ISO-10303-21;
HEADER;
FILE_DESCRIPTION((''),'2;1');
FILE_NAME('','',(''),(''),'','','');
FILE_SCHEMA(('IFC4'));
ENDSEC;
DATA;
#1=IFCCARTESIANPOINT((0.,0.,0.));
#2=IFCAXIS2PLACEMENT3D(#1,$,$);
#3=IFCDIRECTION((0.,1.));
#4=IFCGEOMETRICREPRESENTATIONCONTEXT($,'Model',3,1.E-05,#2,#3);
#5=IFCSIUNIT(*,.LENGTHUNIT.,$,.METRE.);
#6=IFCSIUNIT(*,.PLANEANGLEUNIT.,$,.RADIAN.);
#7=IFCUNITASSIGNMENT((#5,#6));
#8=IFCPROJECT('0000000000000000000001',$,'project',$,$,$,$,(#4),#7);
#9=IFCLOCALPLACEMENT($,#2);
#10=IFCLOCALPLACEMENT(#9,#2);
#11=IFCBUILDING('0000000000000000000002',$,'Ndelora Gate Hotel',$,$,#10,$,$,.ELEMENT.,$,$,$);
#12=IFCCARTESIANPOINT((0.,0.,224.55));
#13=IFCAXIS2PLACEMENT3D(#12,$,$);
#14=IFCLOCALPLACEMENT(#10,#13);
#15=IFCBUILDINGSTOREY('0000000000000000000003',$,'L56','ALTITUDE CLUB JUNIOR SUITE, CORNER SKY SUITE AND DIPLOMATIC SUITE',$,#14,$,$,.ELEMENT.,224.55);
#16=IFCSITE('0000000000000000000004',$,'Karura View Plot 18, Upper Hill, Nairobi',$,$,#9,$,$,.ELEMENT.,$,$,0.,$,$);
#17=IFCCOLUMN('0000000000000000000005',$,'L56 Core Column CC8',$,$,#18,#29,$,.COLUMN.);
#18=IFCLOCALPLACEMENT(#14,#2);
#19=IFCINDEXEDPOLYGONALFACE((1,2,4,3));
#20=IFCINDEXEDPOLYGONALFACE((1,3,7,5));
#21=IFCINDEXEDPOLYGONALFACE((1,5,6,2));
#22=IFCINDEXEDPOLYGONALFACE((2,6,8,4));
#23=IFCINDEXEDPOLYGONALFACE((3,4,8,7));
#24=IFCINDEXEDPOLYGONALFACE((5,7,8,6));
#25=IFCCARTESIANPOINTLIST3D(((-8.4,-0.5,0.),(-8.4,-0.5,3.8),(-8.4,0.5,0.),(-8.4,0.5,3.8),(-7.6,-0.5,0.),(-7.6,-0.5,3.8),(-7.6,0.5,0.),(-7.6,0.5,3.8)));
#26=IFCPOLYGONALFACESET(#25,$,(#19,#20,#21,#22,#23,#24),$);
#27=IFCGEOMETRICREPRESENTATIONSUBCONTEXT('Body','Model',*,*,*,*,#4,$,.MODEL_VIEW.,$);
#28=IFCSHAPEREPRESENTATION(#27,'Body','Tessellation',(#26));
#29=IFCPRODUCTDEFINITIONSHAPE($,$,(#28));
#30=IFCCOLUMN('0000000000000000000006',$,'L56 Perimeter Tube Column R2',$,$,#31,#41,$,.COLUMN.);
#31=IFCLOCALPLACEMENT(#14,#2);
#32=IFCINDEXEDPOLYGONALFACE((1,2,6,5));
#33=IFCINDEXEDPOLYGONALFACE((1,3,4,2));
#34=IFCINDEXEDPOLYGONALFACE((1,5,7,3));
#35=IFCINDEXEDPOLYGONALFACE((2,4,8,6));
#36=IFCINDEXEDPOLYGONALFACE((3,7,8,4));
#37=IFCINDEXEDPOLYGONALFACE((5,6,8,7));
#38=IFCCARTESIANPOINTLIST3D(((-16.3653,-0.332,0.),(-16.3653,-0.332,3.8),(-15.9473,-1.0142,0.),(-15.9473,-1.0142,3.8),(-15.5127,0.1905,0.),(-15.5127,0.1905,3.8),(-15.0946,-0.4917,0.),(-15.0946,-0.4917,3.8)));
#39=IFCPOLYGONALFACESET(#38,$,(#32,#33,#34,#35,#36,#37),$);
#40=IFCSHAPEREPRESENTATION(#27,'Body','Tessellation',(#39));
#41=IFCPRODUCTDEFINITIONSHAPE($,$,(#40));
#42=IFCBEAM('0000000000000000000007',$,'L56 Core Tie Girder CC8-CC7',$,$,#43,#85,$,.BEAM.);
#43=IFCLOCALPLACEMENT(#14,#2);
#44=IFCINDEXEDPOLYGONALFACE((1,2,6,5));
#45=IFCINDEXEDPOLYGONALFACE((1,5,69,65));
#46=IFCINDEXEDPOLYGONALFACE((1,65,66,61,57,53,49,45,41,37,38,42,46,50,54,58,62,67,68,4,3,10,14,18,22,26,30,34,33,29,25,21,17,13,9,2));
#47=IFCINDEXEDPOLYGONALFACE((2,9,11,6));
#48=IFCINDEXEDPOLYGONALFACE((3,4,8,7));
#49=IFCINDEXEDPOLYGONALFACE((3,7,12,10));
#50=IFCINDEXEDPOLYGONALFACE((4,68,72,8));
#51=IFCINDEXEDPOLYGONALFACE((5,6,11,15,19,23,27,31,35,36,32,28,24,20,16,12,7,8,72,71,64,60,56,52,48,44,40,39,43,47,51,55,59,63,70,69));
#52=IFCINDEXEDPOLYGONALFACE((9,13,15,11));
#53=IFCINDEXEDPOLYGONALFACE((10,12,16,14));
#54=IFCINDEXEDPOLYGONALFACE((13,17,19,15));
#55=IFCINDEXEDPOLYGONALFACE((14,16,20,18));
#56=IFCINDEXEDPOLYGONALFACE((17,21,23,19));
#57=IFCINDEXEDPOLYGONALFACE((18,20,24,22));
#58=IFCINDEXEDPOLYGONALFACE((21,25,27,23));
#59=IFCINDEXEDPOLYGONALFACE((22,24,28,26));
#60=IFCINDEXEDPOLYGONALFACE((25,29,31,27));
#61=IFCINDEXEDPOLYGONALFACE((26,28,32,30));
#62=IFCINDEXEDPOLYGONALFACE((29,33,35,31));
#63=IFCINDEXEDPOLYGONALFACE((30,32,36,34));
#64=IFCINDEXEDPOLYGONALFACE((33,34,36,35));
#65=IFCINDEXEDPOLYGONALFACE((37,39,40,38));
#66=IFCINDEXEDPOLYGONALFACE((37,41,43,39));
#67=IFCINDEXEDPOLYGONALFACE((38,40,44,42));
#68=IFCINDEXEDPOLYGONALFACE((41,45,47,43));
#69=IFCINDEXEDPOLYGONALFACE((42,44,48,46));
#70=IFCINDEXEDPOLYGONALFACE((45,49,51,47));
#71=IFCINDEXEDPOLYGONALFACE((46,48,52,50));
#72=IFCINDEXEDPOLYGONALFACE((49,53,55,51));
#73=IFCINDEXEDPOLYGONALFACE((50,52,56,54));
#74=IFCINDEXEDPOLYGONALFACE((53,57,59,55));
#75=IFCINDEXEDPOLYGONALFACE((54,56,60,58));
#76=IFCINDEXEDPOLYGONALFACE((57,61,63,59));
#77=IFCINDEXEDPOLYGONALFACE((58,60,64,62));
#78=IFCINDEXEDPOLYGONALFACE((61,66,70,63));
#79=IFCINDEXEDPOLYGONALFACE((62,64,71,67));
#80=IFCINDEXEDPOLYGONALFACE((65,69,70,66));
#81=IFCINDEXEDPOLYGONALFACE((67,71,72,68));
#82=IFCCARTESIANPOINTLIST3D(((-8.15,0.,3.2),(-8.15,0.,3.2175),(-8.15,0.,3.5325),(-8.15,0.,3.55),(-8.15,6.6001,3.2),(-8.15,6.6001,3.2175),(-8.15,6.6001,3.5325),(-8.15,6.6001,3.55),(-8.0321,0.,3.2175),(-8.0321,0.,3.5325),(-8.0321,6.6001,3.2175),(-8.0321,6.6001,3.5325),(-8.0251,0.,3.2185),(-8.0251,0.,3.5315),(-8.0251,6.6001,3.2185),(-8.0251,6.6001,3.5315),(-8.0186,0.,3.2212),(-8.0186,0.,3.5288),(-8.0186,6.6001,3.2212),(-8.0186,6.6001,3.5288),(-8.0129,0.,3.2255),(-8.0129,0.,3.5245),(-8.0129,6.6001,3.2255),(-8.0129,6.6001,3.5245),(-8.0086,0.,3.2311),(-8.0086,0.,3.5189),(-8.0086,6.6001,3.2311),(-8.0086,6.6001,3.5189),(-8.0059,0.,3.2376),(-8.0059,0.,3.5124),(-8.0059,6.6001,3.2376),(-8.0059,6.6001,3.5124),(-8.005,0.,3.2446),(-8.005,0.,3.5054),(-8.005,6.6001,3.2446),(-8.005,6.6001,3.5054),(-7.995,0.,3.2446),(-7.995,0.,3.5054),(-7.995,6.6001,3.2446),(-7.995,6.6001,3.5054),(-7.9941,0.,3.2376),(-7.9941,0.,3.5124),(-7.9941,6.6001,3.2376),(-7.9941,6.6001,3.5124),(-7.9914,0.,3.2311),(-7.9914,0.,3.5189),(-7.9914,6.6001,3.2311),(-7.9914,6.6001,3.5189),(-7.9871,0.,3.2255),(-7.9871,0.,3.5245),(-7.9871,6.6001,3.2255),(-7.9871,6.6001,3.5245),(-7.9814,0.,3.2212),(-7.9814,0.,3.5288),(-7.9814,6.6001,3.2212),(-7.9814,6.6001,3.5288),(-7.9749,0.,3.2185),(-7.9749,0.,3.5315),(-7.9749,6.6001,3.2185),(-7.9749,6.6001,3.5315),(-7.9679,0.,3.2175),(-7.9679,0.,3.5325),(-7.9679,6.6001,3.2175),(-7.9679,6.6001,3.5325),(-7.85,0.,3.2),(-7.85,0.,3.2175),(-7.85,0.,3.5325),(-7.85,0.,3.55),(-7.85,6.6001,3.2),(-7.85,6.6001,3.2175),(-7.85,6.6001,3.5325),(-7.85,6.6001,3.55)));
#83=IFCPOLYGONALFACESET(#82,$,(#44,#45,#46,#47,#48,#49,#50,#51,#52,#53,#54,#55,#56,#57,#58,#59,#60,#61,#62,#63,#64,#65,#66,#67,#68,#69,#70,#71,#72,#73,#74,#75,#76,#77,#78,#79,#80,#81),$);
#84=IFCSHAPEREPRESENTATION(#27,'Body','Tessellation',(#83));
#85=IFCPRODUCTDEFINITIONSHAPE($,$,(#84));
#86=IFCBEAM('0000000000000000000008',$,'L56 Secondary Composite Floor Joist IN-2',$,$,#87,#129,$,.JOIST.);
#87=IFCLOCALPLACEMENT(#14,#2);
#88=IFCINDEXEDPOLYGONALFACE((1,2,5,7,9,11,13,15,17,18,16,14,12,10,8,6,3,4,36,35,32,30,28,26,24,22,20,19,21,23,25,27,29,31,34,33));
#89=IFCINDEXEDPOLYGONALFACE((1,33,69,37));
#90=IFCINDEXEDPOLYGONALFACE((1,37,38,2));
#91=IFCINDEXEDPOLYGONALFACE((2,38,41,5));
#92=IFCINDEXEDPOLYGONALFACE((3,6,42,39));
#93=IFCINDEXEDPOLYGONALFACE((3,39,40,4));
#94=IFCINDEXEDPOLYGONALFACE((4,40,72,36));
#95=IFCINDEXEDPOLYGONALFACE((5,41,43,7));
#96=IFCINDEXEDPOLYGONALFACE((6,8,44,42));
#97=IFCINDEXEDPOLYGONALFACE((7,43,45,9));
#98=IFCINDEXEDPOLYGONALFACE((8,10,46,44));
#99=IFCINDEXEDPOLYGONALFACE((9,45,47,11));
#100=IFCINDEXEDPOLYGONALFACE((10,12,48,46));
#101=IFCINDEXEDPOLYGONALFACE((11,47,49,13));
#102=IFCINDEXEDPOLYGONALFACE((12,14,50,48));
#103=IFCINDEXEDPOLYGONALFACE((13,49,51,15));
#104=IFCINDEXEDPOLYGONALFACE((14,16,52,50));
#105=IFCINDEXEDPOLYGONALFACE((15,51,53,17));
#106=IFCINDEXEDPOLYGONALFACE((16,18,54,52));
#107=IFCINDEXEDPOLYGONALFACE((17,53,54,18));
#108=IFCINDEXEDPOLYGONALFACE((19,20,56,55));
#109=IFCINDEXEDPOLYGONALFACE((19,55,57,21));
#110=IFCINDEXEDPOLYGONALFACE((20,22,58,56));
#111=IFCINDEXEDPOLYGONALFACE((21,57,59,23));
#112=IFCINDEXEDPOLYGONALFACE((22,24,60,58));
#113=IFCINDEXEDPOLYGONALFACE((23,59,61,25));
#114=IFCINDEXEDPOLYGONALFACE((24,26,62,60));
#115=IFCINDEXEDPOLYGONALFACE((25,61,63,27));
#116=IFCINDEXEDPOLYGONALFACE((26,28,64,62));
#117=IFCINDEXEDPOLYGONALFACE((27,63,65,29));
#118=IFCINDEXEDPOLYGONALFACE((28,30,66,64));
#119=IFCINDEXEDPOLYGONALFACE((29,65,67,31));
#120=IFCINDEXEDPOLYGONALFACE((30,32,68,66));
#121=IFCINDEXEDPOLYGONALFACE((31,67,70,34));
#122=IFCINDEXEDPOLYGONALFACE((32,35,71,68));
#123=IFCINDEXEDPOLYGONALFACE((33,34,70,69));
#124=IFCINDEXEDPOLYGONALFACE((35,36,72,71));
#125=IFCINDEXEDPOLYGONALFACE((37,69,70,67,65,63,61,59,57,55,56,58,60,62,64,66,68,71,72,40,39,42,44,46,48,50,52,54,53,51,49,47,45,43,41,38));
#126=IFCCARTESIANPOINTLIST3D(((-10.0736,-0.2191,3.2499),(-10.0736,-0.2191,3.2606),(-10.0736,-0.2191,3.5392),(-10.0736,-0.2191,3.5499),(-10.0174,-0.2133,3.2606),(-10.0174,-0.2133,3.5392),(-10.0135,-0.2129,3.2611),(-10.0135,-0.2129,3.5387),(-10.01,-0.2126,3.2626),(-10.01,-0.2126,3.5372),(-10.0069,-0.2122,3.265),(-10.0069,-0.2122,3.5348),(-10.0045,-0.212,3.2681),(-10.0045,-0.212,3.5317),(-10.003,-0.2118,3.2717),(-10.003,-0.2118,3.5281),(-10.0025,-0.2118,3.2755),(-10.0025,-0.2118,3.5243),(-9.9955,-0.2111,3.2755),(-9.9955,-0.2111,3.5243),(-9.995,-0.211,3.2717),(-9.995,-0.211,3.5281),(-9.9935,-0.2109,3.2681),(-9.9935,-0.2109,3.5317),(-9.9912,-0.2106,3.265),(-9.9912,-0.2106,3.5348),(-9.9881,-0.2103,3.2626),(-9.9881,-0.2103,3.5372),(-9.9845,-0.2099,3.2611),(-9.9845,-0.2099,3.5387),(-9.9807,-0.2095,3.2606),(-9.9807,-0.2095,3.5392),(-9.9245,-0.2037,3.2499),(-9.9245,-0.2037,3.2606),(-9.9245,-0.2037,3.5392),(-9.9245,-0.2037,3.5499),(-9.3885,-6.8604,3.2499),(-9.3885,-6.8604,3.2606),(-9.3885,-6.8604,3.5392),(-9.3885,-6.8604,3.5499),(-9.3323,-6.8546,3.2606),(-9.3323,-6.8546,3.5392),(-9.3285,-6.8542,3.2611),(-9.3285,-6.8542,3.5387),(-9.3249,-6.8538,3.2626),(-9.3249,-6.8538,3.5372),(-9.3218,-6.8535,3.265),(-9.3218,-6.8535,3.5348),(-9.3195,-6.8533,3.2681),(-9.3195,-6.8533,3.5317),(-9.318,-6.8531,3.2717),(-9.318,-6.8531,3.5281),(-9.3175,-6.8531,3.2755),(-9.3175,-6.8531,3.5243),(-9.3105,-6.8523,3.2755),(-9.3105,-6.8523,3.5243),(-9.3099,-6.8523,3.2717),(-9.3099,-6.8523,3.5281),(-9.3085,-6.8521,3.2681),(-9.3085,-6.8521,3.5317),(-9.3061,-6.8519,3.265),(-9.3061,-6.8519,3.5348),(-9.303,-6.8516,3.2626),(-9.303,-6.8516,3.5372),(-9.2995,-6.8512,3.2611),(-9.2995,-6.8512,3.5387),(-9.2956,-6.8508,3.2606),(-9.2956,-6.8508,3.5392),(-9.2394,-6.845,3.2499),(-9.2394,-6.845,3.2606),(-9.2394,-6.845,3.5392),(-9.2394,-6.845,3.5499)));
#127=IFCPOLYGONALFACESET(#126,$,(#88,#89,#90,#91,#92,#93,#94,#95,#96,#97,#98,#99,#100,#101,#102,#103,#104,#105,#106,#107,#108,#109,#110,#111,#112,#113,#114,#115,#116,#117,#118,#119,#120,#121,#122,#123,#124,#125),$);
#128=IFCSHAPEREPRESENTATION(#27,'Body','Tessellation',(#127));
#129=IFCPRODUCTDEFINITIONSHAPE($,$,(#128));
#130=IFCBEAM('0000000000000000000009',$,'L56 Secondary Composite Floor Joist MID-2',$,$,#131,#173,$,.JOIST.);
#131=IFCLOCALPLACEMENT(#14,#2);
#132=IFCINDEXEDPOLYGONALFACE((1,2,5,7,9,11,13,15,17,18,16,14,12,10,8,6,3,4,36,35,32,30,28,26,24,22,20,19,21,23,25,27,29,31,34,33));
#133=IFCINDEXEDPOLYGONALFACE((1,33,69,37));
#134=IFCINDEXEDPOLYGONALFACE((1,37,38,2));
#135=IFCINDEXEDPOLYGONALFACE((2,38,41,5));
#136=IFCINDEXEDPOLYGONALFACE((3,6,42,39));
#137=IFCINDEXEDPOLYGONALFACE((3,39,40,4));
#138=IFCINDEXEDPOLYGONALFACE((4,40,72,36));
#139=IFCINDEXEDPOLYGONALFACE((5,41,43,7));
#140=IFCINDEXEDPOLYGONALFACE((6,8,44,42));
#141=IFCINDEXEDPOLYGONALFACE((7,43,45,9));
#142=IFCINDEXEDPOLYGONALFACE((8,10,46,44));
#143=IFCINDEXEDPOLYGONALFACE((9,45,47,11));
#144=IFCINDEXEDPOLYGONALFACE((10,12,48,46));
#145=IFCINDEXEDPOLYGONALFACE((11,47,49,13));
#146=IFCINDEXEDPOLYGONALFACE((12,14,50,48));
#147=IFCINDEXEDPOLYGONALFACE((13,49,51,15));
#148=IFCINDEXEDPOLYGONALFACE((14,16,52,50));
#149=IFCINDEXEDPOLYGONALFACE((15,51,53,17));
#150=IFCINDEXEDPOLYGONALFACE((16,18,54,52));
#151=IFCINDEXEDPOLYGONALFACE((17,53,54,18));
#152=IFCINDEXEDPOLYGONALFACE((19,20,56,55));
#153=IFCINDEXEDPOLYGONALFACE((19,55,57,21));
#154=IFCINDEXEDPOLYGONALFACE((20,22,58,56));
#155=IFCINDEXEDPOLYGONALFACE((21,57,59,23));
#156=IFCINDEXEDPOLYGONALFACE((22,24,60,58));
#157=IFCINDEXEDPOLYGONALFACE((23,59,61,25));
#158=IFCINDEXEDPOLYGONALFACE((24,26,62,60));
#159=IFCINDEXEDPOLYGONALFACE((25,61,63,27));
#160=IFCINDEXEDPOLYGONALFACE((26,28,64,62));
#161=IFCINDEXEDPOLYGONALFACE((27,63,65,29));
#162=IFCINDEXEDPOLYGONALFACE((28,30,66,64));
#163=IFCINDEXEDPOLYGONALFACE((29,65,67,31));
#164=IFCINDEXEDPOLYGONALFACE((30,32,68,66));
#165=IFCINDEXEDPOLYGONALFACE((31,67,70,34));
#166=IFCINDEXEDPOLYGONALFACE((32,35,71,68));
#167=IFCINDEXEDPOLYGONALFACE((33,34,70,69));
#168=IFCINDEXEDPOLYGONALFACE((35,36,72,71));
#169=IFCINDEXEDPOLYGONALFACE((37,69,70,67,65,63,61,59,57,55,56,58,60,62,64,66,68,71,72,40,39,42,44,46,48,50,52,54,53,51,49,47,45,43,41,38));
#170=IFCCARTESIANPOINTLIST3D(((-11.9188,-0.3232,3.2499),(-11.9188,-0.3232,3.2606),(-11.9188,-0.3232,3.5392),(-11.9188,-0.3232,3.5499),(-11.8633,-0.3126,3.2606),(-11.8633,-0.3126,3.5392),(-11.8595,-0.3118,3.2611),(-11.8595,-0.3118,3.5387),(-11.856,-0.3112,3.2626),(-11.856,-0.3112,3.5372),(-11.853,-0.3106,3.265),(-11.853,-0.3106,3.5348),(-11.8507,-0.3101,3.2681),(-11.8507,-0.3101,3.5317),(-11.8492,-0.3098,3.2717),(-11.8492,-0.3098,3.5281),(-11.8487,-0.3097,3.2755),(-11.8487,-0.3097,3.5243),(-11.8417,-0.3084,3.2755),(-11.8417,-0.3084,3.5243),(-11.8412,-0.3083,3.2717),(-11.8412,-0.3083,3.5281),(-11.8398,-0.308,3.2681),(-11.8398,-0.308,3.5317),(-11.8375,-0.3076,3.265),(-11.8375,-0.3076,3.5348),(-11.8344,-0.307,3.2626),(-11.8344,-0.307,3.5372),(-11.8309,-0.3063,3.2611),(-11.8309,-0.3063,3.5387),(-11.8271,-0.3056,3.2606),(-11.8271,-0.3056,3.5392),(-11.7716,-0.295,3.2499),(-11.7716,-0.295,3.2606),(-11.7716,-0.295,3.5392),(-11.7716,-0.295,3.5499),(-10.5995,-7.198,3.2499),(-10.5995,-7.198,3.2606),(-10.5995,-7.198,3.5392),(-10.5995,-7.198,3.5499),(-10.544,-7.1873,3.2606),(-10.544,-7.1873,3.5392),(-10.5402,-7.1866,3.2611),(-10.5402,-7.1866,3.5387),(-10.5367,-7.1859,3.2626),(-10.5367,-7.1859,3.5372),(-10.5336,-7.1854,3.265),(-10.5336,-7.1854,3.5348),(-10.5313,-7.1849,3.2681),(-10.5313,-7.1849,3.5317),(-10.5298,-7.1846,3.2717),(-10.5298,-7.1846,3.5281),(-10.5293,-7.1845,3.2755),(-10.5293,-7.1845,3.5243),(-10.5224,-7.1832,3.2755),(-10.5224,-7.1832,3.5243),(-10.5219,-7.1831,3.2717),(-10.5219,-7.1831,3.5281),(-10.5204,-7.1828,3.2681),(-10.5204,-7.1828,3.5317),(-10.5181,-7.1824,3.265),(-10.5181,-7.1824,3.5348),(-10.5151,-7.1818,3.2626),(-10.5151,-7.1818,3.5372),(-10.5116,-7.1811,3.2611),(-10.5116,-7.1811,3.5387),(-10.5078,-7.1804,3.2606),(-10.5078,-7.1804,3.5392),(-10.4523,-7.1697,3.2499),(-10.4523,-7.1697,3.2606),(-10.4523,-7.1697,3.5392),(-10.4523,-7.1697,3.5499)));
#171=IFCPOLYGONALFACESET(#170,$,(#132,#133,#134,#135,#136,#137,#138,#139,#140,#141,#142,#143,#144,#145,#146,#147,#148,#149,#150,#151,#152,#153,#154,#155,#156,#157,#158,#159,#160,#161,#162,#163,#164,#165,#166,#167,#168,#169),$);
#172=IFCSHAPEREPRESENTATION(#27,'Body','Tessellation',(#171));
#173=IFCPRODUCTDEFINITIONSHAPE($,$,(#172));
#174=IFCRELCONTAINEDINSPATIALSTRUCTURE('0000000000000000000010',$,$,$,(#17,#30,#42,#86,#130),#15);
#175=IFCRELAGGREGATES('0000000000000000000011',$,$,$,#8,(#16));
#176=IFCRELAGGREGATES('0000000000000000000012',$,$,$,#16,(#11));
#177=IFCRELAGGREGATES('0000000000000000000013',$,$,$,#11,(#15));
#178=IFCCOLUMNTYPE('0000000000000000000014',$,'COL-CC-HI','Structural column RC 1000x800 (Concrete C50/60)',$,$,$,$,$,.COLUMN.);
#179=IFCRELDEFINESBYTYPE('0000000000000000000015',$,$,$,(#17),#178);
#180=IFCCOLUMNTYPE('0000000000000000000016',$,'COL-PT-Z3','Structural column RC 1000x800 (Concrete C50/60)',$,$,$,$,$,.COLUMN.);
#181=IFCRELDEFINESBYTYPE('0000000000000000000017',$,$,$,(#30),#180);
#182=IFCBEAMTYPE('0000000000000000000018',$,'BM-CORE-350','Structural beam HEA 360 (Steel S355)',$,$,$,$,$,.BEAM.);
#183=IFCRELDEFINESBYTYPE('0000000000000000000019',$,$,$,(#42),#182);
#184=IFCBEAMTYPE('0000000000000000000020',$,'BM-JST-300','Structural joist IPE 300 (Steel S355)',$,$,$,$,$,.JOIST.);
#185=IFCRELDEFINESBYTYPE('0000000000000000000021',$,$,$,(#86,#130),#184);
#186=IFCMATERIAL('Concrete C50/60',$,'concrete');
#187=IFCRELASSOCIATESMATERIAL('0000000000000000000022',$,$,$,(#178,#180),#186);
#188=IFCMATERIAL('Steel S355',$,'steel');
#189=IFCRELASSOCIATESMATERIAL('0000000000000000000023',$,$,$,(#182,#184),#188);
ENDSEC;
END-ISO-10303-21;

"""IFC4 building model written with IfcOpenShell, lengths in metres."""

from ifc_helpers import new_model, si_unit, direction, frame, origin, origin_2d, place, context, subcontext, project, spatial, rectangle, i_section, extrude, material, material_profile, profile_set, type_object, element, save


model = new_model("IFC4")

# Units and contexts
model_context = context("Model", 3, precision=1e-05, world=origin(), true_north=direction((0.0, 1.0)))
body_context = subcontext(model_context, "Body", "Model", "MODEL_VIEW")
ifc_project = project(units=[si_unit("LENGTHUNIT", "METRE"), si_unit("PLANEANGLEUNIT", "RADIAN")], contexts=[model_context])

# Site, building, storey
site_placement = place(None, origin())
site = spatial("IfcSite", under=ifc_project, at=site_placement, Name="Karura View Plot 18, Upper Hill, Nairobi", CompositionType="ELEMENT", RefElevation=0.0)
building_placement = place(site_placement, origin())
building = spatial("IfcBuilding", under=site, at=building_placement, Name="Ndelora Gate Hotel", CompositionType="ELEMENT")
storey_placement = place(building_placement, frame((0.0, 0.0, 224.55)))
storey = spatial("IfcBuildingStorey", under=building, at=storey_placement, Name="L56", Description="ALTITUDE CLUB JUNIOR SUITE, CORNER SKY SUITE AND DIPLOMATIC SUITE", CompositionType="ELEMENT", Elevation=224.55)

# Columns
ifc_material_1 = material(Name="Concrete C50/60", Category="concrete")
ifc_material_profile_1 = material_profile(ifc_material_1, rectangle(XDim=0.8, YDim=1.0, at=origin_2d()), Name="RC 1000x800")
ifc_profile_set_1 = profile_set([ifc_material_profile_1], Name="Concrete C50/60")
column_type_1 = type_object("IfcColumnType", Name="COL-CC-HI", Description="Structural column RC 1000x800 (Concrete C50/60)", PredefinedType="COLUMN", material=ifc_profile_set_1)
column_1_placement = place(storey_placement, frame((-8.0, 0.0, 0.0), z_axis=(0.0, 0.0, 1.0), x_axis=(1.0, 0.0, 0.0)))
element("IfcColumn", 1, at=column_1_placement, inside=storey, type_object=column_type_1, Name="L56 Core Column CC8", PredefinedType="COLUMN", context=body_context, shape_type="SweptSolid", body=[
    extrude(rectangle(XDim=0.8, YDim=1.0, at=origin_2d()), origin(), (0.0, 0.0, 1.0), 3.8),
])
ifc_material_profile_2 = material_profile(ifc_material_1, rectangle(XDim=0.8, YDim=1.0, at=origin_2d()), Name="RC 1000x800")
ifc_profile_set_2 = profile_set([ifc_material_profile_2], Name="Concrete C50/60")
column_type_2 = type_object("IfcColumnType", Name="COL-PT-Z3", Description="Structural column RC 1000x800 (Concrete C50/60)", PredefinedType="COLUMN", material=ifc_profile_set_2)
column_2_placement = place(storey_placement, frame((-15.73, -0.4119, 0.0), z_axis=(0.0, 0.0, 1.0), x_axis=(-0.522499, 0.85264, 0.0)))
element("IfcColumn", 2, at=column_2_placement, inside=storey, type_object=column_type_2, Name="L56 Perimeter Tube Column R2", PredefinedType="COLUMN", context=body_context, shape_type="SweptSolid", body=[
    extrude(rectangle(XDim=0.8, YDim=1.0, at=origin_2d()), origin(), (0.0, 0.0, 1.0), 3.8),
])

# Beams
ifc_material_2 = material(Name="Steel S355", Category="steel")
ifc_material_profile_3 = material_profile(ifc_material_2, i_section(OverallWidth=0.3, OverallDepth=0.3501, WebThickness=0.01, FlangeThickness=0.0176, FilletRadius=0.0271, at=origin_2d()), Name="HEA 360")
ifc_profile_set_3 = profile_set([ifc_material_profile_3], Name="Steel S355")
beam_type_1 = type_object("IfcBeamType", Name="BM-CORE-350", Description="Structural beam HEA 360 (Steel S355)", PredefinedType="BEAM", material=ifc_profile_set_3)
beam_1_placement = place(storey_placement, frame((-8.0, 0.0, 3.375), z_axis=(0.0, 1.0, 0.0), x_axis=(-1.0, 0.0, 0.0)))
element("IfcBeam", 3, at=beam_1_placement, inside=storey, type_object=beam_type_1, Name="L56 Core Tie Girder CC8-CC7", PredefinedType="BEAM", context=body_context, shape_type="SweptSolid", body=[
    extrude(i_section(OverallWidth=0.3, OverallDepth=0.3501, WebThickness=0.01, FlangeThickness=0.0176, FilletRadius=0.0271, at=origin_2d()), origin(), (0.0, 0.0, 1.0), 6.6001),
])
ifc_material_profile_4 = material_profile(ifc_material_2, i_section(OverallWidth=0.1499, OverallDepth=0.3, WebThickness=0.0071, FlangeThickness=0.0107, FilletRadius=0.0149, at=origin_2d()), Name="IPE 300")
ifc_profile_set_4 = profile_set([ifc_material_profile_4], Name="Steel S355")
beam_type_2 = type_object("IfcBeamType", Name="BM-JST-300", Description="Structural joist IPE 300 (Steel S355)", PredefinedType="JOIST", material=ifc_profile_set_4)
beam_2_placement = place(storey_placement, frame((-9.999, -0.2114, 3.3999), z_axis=(0.102606, -0.994722, 0.0), x_axis=(0.994722, 0.102606, 0.0)))
element("IfcBeam", 4, at=beam_2_placement, inside=storey, type_object=beam_type_2, Name="L56 Secondary Composite Floor Joist IN-2", PredefinedType="JOIST", context=body_context, shape_type="SweptSolid", body=[
    extrude(i_section(OverallWidth=0.1499, OverallDepth=0.3, WebThickness=0.0071, FlangeThickness=0.0107, FilletRadius=0.0149, at=origin_2d()), origin(), (0.0, 0.0, 1.0), 6.6765),
])
beam_3_placement = place(storey_placement, frame((-11.8452, -0.3091, 3.3999), z_axis=(0.188471, -0.982079, 0.0), x_axis=(0.982079, 0.188471, 0.0)))
element("IfcBeam", 5, at=beam_3_placement, inside=storey, type_object=beam_type_2, Name="L56 Secondary Composite Floor Joist MID-2", PredefinedType="JOIST", context=body_context, shape_type="SweptSolid", body=[
    extrude(i_section(OverallWidth=0.1499, OverallDepth=0.3, WebThickness=0.0071, FlangeThickness=0.0107, FilletRadius=0.0149, at=origin_2d()), origin(), (0.0, 0.0, 1.0), 7.0002),
])

save(model, "model.ifc")
